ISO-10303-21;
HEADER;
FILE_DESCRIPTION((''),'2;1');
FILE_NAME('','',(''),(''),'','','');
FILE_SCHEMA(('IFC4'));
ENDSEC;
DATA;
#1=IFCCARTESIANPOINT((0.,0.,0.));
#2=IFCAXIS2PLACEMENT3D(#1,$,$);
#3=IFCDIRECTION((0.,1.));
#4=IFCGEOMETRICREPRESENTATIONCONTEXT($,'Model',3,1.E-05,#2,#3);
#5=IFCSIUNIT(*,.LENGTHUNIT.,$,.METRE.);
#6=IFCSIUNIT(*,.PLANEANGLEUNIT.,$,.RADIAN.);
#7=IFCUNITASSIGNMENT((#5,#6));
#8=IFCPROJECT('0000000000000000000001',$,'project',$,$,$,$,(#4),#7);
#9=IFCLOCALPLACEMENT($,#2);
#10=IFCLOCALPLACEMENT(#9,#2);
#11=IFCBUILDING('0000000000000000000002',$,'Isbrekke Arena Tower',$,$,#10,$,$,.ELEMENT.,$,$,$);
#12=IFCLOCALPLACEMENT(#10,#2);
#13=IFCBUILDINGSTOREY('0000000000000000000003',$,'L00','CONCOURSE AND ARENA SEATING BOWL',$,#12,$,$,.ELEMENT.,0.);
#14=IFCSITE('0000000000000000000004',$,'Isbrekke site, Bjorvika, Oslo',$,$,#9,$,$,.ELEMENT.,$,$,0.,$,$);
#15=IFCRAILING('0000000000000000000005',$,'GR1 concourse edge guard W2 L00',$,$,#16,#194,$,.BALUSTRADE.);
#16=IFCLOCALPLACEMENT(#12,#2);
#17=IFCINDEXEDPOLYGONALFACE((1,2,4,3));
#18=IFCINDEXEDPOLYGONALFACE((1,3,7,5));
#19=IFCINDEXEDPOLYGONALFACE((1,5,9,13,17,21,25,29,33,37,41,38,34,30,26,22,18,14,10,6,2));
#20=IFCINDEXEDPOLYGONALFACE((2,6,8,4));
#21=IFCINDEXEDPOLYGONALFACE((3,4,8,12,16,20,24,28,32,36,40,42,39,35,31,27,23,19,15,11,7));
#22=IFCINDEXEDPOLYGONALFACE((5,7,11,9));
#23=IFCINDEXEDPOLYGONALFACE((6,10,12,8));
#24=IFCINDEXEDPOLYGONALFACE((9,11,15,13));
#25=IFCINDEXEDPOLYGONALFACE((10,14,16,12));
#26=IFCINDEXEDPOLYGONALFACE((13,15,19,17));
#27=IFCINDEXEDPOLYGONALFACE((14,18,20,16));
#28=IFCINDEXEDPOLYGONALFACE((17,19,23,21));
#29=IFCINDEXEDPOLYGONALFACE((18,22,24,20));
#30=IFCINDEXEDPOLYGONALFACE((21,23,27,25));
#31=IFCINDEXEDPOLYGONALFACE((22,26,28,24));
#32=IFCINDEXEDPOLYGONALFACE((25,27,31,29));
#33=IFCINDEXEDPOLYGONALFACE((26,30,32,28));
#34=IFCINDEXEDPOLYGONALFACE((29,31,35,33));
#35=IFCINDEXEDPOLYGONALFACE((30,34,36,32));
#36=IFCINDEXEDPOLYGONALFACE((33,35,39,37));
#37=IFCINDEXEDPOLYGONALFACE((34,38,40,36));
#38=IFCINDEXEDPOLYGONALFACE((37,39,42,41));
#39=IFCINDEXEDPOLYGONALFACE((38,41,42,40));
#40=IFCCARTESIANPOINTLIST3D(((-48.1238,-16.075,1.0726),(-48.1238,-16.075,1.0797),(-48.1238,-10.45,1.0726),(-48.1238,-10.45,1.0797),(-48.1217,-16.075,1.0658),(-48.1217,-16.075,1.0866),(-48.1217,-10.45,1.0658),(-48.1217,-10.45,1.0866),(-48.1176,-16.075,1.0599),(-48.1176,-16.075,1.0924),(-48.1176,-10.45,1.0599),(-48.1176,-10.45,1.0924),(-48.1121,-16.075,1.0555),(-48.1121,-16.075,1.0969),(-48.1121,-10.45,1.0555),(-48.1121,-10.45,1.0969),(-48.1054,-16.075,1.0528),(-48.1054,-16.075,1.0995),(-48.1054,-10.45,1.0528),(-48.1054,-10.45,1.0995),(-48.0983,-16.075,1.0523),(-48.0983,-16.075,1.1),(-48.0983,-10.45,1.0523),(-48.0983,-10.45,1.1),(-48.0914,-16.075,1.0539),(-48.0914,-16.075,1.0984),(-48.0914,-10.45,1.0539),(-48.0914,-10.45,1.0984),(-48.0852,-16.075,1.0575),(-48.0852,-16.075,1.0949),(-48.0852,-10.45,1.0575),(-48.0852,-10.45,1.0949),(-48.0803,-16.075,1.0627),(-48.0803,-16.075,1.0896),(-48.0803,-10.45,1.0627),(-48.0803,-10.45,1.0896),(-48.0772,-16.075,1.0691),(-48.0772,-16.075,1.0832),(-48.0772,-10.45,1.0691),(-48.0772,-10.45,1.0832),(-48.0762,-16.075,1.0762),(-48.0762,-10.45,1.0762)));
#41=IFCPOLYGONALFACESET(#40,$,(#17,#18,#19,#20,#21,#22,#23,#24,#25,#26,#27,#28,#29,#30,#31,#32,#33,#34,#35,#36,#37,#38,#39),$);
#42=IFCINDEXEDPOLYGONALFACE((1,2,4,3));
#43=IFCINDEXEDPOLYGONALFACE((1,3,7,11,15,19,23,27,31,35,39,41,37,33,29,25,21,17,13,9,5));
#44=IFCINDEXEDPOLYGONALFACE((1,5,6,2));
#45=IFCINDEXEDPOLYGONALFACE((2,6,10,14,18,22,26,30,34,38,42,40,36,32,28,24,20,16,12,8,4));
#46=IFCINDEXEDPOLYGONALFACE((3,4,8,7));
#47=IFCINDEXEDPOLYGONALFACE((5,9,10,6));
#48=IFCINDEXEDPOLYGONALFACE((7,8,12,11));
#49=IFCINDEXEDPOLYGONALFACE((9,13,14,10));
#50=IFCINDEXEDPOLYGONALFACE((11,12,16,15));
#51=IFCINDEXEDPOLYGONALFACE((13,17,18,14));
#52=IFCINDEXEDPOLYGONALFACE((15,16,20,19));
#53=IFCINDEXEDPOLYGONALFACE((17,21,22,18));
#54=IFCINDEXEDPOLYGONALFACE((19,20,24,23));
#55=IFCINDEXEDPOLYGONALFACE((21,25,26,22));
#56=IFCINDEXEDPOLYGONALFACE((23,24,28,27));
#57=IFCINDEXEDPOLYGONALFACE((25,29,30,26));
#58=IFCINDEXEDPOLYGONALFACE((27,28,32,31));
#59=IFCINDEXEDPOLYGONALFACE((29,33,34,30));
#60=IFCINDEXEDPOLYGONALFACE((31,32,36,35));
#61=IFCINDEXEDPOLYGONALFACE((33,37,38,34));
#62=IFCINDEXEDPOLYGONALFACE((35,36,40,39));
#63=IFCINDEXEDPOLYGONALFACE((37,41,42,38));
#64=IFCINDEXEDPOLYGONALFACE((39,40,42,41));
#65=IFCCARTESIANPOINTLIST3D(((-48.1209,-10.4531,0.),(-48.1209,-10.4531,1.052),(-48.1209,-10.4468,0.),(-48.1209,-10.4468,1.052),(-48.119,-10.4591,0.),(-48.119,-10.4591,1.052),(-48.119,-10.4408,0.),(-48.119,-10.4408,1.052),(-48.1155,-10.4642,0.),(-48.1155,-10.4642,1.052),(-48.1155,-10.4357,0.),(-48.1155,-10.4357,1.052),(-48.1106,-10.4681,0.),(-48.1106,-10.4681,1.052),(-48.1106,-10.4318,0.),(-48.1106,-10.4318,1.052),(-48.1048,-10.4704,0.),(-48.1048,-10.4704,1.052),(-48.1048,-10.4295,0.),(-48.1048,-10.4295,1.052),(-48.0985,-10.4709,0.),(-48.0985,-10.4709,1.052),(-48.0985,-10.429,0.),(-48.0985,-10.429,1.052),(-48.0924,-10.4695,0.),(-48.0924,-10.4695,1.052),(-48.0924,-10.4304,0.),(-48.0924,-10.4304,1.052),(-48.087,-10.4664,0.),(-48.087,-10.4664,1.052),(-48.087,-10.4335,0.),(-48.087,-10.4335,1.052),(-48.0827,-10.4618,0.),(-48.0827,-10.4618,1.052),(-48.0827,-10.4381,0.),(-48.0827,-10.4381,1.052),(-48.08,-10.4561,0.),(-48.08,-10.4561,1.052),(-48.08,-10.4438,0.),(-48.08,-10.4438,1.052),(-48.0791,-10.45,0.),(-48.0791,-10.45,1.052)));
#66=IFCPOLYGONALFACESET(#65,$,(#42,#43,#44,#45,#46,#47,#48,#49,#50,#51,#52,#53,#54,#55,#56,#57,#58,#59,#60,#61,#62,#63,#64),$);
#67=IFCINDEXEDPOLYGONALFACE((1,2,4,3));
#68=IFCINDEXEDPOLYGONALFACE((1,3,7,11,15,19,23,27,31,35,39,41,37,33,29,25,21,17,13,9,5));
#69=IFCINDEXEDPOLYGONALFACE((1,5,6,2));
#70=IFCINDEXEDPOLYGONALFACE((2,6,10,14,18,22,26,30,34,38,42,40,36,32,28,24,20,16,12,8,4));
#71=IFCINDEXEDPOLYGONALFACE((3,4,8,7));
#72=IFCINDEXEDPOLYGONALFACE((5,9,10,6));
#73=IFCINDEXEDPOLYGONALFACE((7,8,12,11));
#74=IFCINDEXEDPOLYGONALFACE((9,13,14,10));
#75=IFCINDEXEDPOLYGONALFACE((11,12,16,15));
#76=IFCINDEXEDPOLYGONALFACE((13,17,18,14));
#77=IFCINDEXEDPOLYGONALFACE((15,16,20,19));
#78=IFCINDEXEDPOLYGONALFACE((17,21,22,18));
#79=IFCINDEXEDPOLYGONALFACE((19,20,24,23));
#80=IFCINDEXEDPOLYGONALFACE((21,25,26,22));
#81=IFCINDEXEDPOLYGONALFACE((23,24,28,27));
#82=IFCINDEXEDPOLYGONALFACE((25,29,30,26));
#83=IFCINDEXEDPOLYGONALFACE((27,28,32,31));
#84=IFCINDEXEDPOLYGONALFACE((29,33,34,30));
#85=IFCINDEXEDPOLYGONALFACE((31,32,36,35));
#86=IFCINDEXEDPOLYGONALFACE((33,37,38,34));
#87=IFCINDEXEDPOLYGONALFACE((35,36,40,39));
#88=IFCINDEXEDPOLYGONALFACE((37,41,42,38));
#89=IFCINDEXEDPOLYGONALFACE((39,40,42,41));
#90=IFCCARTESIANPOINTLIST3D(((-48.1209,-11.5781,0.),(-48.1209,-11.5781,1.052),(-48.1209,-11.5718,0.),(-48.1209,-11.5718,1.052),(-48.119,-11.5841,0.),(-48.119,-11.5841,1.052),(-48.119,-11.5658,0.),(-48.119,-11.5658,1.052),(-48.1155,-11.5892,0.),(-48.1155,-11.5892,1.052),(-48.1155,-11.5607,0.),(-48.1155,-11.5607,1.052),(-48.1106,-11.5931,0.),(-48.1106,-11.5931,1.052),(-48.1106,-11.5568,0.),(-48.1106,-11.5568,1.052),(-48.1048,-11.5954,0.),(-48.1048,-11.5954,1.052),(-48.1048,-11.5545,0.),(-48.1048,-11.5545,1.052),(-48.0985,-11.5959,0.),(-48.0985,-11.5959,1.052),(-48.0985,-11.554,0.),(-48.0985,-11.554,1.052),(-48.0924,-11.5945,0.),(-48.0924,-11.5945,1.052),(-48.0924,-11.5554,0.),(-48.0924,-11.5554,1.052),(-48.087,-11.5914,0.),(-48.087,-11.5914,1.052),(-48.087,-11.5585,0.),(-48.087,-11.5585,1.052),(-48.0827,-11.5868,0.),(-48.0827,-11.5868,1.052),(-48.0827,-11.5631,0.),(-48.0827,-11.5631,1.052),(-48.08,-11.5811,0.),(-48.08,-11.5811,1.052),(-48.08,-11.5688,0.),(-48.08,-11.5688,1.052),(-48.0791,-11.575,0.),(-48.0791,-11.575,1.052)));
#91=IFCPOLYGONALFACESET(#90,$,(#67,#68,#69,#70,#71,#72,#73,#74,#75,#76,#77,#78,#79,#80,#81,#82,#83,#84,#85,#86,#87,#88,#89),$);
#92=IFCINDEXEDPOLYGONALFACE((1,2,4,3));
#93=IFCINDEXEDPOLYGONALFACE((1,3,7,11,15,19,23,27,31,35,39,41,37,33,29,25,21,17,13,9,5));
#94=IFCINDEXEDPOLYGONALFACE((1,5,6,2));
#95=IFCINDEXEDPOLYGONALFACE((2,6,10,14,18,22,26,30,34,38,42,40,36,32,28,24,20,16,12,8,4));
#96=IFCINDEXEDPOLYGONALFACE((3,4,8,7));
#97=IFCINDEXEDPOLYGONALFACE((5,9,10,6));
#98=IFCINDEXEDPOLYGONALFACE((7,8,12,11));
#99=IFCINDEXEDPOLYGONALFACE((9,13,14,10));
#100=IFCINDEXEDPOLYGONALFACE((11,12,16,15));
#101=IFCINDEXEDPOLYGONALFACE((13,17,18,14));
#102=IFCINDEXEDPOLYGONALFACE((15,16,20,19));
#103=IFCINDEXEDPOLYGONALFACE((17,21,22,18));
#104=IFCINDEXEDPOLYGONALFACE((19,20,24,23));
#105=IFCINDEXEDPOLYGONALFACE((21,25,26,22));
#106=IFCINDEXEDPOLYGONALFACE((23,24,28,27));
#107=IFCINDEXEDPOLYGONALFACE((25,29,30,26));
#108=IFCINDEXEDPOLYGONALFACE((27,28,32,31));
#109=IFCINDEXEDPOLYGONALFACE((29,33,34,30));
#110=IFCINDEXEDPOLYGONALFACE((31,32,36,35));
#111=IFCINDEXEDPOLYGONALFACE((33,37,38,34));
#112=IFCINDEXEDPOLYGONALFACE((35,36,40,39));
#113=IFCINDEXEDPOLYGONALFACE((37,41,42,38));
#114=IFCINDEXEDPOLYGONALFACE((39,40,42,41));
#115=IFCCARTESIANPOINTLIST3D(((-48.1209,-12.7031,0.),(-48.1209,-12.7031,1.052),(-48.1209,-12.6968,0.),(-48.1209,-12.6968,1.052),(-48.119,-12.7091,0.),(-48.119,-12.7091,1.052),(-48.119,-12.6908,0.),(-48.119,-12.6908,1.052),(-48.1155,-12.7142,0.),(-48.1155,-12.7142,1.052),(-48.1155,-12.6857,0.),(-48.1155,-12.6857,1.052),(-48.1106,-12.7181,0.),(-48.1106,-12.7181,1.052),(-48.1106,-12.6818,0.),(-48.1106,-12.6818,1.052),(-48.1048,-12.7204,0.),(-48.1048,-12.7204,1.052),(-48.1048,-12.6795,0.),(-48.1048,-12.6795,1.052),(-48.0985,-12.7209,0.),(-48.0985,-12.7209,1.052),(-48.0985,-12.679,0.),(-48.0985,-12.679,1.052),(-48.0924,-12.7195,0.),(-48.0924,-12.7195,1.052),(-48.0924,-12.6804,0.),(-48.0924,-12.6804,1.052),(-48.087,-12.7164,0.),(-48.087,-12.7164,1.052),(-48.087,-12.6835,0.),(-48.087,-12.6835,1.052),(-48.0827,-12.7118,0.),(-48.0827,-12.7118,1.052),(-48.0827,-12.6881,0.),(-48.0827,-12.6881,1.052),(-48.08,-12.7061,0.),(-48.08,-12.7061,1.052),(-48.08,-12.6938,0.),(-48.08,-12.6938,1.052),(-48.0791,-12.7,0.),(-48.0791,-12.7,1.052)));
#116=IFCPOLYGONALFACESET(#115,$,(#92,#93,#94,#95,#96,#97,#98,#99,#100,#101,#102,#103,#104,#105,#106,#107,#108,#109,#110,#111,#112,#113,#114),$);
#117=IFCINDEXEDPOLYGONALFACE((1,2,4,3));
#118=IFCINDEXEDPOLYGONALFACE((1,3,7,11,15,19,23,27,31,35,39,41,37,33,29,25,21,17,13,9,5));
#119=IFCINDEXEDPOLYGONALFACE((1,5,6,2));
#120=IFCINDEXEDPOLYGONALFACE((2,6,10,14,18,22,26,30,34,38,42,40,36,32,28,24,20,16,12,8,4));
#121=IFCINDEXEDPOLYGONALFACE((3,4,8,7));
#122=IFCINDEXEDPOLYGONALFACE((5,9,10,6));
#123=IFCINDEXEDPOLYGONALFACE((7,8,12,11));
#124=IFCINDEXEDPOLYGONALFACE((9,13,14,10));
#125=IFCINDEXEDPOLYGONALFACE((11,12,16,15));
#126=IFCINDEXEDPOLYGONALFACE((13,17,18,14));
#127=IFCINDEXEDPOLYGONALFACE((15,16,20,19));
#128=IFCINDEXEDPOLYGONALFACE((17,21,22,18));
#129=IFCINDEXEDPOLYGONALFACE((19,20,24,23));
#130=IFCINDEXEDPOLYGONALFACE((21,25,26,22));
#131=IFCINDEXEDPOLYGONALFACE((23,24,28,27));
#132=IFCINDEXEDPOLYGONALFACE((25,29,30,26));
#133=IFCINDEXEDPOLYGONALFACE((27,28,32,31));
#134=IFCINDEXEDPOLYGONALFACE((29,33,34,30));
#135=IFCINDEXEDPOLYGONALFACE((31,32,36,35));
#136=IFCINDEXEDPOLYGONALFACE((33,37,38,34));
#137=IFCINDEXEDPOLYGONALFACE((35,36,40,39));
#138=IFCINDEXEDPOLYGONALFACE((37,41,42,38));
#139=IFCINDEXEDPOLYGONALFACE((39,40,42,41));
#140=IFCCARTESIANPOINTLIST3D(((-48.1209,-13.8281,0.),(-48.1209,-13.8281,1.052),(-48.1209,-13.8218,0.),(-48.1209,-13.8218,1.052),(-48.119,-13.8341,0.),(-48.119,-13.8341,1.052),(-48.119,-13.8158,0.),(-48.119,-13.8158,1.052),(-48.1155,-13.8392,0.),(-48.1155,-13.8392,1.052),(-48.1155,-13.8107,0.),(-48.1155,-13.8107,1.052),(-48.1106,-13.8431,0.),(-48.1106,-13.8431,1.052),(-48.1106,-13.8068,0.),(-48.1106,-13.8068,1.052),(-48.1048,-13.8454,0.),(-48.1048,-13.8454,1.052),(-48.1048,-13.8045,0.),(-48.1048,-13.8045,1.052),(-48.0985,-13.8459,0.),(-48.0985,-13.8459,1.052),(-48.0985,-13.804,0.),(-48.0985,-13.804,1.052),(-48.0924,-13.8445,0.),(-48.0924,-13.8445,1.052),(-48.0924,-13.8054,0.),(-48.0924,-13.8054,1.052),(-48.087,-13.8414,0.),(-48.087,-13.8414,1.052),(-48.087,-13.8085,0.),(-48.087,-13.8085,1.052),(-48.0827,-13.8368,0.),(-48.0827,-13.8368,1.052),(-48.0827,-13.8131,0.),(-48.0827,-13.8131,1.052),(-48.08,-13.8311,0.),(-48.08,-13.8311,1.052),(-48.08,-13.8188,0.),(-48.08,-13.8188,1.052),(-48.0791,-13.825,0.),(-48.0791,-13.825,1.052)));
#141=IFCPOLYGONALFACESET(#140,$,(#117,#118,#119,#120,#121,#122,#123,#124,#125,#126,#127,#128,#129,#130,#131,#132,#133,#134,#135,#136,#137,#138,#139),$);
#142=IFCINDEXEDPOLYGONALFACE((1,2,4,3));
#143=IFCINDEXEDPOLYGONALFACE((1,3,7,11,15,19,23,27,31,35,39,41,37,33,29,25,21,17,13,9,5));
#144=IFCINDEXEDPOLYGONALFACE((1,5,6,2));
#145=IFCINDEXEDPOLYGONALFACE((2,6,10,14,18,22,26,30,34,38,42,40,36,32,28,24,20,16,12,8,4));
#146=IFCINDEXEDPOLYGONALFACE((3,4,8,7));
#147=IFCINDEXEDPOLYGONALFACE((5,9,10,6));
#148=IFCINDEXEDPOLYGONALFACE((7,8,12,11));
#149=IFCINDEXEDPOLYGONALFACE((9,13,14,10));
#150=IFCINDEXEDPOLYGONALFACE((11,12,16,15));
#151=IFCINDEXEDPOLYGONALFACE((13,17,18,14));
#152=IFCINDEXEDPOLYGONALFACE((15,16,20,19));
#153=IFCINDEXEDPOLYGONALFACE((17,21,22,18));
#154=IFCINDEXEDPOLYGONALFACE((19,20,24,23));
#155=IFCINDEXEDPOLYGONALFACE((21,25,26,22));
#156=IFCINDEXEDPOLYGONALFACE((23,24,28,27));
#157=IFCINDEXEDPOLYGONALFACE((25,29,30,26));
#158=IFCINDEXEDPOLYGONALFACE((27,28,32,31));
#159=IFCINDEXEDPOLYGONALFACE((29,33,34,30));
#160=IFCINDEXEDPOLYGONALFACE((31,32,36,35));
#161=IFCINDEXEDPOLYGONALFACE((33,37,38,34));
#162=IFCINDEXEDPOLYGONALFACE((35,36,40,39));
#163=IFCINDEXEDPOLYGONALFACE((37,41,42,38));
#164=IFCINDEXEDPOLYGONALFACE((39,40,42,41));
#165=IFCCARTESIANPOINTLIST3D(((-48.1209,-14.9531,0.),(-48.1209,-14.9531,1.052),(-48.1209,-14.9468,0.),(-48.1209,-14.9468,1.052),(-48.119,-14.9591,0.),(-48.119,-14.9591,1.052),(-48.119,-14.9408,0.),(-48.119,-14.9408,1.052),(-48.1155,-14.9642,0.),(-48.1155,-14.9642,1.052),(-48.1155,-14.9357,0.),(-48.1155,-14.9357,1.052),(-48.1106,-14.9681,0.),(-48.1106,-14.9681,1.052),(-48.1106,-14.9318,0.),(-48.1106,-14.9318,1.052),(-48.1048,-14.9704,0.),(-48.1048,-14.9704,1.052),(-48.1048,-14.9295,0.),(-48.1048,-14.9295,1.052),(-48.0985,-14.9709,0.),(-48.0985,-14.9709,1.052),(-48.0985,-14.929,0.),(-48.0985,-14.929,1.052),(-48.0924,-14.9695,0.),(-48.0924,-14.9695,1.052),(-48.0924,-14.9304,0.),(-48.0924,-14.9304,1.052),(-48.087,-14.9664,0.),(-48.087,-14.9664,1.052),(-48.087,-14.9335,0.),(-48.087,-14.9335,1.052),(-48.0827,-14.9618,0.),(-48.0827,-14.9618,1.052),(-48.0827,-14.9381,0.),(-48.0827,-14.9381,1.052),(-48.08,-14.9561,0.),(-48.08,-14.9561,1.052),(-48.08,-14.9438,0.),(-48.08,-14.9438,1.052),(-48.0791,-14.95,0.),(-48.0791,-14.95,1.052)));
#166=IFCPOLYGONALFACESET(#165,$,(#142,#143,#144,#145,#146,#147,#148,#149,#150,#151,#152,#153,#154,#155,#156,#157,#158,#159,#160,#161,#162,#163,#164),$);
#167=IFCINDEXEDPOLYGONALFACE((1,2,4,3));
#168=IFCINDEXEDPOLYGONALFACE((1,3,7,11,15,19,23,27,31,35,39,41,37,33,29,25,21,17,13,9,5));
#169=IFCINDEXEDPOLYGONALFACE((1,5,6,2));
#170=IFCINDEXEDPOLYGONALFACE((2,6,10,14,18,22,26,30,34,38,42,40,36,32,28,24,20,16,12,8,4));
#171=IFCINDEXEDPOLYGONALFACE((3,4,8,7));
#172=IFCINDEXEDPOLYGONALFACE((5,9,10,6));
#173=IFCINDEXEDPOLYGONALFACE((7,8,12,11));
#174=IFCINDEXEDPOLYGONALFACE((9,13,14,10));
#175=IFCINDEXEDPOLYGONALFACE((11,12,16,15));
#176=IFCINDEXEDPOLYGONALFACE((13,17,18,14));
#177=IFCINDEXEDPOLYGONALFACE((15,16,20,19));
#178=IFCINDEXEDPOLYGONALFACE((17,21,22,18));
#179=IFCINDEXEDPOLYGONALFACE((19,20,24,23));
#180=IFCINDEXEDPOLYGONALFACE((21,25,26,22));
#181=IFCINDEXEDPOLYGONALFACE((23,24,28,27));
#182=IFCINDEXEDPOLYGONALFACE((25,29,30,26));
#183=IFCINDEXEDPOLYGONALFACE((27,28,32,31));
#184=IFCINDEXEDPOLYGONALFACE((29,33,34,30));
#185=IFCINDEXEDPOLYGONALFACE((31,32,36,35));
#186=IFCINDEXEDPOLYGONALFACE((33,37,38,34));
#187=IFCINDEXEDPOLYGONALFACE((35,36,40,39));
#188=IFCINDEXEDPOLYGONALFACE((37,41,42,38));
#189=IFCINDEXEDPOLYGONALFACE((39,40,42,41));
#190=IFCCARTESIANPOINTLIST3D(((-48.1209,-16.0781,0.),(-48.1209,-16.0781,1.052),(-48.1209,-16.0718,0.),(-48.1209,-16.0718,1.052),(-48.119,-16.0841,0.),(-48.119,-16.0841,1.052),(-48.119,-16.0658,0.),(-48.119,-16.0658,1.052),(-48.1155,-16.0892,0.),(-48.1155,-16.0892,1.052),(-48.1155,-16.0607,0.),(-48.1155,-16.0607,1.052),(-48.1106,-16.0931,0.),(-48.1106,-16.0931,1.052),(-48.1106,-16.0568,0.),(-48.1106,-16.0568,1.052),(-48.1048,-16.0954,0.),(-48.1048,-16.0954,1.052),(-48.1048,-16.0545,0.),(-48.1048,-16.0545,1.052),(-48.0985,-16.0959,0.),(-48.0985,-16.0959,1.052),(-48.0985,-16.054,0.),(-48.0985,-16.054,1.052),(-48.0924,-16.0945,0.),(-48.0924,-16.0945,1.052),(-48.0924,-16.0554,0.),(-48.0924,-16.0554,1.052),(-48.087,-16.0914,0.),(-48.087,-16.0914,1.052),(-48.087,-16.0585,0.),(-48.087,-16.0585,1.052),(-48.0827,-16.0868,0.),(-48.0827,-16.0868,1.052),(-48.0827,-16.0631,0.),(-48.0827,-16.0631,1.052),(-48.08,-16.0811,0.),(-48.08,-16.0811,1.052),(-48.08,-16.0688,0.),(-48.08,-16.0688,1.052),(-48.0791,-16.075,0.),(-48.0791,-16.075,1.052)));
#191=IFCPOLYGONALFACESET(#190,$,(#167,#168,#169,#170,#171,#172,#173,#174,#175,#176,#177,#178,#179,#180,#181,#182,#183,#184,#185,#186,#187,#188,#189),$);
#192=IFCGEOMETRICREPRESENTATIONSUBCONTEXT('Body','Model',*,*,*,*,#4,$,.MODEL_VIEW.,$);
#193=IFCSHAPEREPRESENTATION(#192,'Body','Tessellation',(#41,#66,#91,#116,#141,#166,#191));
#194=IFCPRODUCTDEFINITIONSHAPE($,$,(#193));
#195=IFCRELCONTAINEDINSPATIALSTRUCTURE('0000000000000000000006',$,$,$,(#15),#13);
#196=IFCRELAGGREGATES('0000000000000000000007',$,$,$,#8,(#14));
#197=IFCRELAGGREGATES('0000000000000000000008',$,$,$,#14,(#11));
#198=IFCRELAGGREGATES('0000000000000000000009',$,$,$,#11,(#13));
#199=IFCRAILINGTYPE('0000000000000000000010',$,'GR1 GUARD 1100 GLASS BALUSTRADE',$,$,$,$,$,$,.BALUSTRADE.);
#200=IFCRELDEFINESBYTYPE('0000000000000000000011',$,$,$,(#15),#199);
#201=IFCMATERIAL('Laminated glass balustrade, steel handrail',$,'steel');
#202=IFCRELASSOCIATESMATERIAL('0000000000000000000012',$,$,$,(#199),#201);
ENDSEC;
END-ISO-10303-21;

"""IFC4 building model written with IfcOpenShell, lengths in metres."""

from ifc_helpers import new_model, si_unit, direction, frame, origin, origin_2d, place, context, subcontext, project, spatial, circle, extrude, material, type_object, element, save


model = new_model("IFC4")

# Units and contexts
model_context = context("Model", 3, precision=1e-05, world=origin(), true_north=direction((0.0, 1.0)))
body_context = subcontext(model_context, "Body", "Model", "MODEL_VIEW")
ifc_project = project(units=[si_unit("LENGTHUNIT", "METRE"), si_unit("PLANEANGLEUNIT", "RADIAN")], contexts=[model_context])

# Site, building, storey
site_placement = place(None, origin())
site = spatial("IfcSite", under=ifc_project, at=site_placement, Name="Isbrekke site, Bjorvika, Oslo", CompositionType="ELEMENT", RefElevation=0.0)
building_placement = place(site_placement, origin())
building = spatial("IfcBuilding", under=site, at=building_placement, Name="Isbrekke Arena Tower", CompositionType="ELEMENT")
storey_placement = place(building_placement, origin())
storey = spatial("IfcBuildingStorey", under=building, at=storey_placement, Name="L00", Description="CONCOURSE AND ARENA SEATING BOWL", CompositionType="ELEMENT", Elevation=0.0)

# Railing
ifc_material_1 = material(Name="Laminated glass balustrade, steel handrail", Category="steel")
railing_type = type_object("IfcRailingType", Name="GR1 GUARD 1100 GLASS BALUSTRADE", PredefinedType="BALUSTRADE", material=ifc_material_1)
railing_placement = place(storey_placement, frame((-48.1001, -10.45, 0.0)))
element("IfcRailing", 1, at=railing_placement, inside=storey, type_object=railing_type, Name="GR1 concourse edge guard W2 L00", PredefinedType="BALUSTRADE", context=body_context, shape_type="SweptSolid", body=[
    extrude(circle(Radius=0.0239, at=origin_2d()), frame((0.0, 0.0, 1.0762), z_axis=(0.0, -1.0, 0.0), x_axis=(1.0, 0.0, 0.0)), (0.0, 0.0, 1.0), 5.625),
    extrude(circle(Radius=0.021, at=origin_2d()), origin(), (0.0, 0.0, 1.0), 1.052),
    extrude(circle(Radius=0.021, at=origin_2d()), frame((0.0, -1.125, 0.0)), (0.0, 0.0, 1.0), 1.052),
    extrude(circle(Radius=0.021, at=origin_2d()), frame((0.0, -2.25, 0.0)), (0.0, 0.0, 1.0), 1.052),
    extrude(circle(Radius=0.021, at=origin_2d()), frame((0.0, -3.375, 0.0)), (0.0, 0.0, 1.0), 1.052),
    extrude(circle(Radius=0.021, at=origin_2d()), frame((0.0, -4.5, 0.0)), (0.0, 0.0, 1.0), 1.052),
    extrude(circle(Radius=0.021, at=origin_2d()), frame((0.0, -5.625, 0.0)), (0.0, 0.0, 1.0), 1.052),
])

save(model, "model.ifc")
